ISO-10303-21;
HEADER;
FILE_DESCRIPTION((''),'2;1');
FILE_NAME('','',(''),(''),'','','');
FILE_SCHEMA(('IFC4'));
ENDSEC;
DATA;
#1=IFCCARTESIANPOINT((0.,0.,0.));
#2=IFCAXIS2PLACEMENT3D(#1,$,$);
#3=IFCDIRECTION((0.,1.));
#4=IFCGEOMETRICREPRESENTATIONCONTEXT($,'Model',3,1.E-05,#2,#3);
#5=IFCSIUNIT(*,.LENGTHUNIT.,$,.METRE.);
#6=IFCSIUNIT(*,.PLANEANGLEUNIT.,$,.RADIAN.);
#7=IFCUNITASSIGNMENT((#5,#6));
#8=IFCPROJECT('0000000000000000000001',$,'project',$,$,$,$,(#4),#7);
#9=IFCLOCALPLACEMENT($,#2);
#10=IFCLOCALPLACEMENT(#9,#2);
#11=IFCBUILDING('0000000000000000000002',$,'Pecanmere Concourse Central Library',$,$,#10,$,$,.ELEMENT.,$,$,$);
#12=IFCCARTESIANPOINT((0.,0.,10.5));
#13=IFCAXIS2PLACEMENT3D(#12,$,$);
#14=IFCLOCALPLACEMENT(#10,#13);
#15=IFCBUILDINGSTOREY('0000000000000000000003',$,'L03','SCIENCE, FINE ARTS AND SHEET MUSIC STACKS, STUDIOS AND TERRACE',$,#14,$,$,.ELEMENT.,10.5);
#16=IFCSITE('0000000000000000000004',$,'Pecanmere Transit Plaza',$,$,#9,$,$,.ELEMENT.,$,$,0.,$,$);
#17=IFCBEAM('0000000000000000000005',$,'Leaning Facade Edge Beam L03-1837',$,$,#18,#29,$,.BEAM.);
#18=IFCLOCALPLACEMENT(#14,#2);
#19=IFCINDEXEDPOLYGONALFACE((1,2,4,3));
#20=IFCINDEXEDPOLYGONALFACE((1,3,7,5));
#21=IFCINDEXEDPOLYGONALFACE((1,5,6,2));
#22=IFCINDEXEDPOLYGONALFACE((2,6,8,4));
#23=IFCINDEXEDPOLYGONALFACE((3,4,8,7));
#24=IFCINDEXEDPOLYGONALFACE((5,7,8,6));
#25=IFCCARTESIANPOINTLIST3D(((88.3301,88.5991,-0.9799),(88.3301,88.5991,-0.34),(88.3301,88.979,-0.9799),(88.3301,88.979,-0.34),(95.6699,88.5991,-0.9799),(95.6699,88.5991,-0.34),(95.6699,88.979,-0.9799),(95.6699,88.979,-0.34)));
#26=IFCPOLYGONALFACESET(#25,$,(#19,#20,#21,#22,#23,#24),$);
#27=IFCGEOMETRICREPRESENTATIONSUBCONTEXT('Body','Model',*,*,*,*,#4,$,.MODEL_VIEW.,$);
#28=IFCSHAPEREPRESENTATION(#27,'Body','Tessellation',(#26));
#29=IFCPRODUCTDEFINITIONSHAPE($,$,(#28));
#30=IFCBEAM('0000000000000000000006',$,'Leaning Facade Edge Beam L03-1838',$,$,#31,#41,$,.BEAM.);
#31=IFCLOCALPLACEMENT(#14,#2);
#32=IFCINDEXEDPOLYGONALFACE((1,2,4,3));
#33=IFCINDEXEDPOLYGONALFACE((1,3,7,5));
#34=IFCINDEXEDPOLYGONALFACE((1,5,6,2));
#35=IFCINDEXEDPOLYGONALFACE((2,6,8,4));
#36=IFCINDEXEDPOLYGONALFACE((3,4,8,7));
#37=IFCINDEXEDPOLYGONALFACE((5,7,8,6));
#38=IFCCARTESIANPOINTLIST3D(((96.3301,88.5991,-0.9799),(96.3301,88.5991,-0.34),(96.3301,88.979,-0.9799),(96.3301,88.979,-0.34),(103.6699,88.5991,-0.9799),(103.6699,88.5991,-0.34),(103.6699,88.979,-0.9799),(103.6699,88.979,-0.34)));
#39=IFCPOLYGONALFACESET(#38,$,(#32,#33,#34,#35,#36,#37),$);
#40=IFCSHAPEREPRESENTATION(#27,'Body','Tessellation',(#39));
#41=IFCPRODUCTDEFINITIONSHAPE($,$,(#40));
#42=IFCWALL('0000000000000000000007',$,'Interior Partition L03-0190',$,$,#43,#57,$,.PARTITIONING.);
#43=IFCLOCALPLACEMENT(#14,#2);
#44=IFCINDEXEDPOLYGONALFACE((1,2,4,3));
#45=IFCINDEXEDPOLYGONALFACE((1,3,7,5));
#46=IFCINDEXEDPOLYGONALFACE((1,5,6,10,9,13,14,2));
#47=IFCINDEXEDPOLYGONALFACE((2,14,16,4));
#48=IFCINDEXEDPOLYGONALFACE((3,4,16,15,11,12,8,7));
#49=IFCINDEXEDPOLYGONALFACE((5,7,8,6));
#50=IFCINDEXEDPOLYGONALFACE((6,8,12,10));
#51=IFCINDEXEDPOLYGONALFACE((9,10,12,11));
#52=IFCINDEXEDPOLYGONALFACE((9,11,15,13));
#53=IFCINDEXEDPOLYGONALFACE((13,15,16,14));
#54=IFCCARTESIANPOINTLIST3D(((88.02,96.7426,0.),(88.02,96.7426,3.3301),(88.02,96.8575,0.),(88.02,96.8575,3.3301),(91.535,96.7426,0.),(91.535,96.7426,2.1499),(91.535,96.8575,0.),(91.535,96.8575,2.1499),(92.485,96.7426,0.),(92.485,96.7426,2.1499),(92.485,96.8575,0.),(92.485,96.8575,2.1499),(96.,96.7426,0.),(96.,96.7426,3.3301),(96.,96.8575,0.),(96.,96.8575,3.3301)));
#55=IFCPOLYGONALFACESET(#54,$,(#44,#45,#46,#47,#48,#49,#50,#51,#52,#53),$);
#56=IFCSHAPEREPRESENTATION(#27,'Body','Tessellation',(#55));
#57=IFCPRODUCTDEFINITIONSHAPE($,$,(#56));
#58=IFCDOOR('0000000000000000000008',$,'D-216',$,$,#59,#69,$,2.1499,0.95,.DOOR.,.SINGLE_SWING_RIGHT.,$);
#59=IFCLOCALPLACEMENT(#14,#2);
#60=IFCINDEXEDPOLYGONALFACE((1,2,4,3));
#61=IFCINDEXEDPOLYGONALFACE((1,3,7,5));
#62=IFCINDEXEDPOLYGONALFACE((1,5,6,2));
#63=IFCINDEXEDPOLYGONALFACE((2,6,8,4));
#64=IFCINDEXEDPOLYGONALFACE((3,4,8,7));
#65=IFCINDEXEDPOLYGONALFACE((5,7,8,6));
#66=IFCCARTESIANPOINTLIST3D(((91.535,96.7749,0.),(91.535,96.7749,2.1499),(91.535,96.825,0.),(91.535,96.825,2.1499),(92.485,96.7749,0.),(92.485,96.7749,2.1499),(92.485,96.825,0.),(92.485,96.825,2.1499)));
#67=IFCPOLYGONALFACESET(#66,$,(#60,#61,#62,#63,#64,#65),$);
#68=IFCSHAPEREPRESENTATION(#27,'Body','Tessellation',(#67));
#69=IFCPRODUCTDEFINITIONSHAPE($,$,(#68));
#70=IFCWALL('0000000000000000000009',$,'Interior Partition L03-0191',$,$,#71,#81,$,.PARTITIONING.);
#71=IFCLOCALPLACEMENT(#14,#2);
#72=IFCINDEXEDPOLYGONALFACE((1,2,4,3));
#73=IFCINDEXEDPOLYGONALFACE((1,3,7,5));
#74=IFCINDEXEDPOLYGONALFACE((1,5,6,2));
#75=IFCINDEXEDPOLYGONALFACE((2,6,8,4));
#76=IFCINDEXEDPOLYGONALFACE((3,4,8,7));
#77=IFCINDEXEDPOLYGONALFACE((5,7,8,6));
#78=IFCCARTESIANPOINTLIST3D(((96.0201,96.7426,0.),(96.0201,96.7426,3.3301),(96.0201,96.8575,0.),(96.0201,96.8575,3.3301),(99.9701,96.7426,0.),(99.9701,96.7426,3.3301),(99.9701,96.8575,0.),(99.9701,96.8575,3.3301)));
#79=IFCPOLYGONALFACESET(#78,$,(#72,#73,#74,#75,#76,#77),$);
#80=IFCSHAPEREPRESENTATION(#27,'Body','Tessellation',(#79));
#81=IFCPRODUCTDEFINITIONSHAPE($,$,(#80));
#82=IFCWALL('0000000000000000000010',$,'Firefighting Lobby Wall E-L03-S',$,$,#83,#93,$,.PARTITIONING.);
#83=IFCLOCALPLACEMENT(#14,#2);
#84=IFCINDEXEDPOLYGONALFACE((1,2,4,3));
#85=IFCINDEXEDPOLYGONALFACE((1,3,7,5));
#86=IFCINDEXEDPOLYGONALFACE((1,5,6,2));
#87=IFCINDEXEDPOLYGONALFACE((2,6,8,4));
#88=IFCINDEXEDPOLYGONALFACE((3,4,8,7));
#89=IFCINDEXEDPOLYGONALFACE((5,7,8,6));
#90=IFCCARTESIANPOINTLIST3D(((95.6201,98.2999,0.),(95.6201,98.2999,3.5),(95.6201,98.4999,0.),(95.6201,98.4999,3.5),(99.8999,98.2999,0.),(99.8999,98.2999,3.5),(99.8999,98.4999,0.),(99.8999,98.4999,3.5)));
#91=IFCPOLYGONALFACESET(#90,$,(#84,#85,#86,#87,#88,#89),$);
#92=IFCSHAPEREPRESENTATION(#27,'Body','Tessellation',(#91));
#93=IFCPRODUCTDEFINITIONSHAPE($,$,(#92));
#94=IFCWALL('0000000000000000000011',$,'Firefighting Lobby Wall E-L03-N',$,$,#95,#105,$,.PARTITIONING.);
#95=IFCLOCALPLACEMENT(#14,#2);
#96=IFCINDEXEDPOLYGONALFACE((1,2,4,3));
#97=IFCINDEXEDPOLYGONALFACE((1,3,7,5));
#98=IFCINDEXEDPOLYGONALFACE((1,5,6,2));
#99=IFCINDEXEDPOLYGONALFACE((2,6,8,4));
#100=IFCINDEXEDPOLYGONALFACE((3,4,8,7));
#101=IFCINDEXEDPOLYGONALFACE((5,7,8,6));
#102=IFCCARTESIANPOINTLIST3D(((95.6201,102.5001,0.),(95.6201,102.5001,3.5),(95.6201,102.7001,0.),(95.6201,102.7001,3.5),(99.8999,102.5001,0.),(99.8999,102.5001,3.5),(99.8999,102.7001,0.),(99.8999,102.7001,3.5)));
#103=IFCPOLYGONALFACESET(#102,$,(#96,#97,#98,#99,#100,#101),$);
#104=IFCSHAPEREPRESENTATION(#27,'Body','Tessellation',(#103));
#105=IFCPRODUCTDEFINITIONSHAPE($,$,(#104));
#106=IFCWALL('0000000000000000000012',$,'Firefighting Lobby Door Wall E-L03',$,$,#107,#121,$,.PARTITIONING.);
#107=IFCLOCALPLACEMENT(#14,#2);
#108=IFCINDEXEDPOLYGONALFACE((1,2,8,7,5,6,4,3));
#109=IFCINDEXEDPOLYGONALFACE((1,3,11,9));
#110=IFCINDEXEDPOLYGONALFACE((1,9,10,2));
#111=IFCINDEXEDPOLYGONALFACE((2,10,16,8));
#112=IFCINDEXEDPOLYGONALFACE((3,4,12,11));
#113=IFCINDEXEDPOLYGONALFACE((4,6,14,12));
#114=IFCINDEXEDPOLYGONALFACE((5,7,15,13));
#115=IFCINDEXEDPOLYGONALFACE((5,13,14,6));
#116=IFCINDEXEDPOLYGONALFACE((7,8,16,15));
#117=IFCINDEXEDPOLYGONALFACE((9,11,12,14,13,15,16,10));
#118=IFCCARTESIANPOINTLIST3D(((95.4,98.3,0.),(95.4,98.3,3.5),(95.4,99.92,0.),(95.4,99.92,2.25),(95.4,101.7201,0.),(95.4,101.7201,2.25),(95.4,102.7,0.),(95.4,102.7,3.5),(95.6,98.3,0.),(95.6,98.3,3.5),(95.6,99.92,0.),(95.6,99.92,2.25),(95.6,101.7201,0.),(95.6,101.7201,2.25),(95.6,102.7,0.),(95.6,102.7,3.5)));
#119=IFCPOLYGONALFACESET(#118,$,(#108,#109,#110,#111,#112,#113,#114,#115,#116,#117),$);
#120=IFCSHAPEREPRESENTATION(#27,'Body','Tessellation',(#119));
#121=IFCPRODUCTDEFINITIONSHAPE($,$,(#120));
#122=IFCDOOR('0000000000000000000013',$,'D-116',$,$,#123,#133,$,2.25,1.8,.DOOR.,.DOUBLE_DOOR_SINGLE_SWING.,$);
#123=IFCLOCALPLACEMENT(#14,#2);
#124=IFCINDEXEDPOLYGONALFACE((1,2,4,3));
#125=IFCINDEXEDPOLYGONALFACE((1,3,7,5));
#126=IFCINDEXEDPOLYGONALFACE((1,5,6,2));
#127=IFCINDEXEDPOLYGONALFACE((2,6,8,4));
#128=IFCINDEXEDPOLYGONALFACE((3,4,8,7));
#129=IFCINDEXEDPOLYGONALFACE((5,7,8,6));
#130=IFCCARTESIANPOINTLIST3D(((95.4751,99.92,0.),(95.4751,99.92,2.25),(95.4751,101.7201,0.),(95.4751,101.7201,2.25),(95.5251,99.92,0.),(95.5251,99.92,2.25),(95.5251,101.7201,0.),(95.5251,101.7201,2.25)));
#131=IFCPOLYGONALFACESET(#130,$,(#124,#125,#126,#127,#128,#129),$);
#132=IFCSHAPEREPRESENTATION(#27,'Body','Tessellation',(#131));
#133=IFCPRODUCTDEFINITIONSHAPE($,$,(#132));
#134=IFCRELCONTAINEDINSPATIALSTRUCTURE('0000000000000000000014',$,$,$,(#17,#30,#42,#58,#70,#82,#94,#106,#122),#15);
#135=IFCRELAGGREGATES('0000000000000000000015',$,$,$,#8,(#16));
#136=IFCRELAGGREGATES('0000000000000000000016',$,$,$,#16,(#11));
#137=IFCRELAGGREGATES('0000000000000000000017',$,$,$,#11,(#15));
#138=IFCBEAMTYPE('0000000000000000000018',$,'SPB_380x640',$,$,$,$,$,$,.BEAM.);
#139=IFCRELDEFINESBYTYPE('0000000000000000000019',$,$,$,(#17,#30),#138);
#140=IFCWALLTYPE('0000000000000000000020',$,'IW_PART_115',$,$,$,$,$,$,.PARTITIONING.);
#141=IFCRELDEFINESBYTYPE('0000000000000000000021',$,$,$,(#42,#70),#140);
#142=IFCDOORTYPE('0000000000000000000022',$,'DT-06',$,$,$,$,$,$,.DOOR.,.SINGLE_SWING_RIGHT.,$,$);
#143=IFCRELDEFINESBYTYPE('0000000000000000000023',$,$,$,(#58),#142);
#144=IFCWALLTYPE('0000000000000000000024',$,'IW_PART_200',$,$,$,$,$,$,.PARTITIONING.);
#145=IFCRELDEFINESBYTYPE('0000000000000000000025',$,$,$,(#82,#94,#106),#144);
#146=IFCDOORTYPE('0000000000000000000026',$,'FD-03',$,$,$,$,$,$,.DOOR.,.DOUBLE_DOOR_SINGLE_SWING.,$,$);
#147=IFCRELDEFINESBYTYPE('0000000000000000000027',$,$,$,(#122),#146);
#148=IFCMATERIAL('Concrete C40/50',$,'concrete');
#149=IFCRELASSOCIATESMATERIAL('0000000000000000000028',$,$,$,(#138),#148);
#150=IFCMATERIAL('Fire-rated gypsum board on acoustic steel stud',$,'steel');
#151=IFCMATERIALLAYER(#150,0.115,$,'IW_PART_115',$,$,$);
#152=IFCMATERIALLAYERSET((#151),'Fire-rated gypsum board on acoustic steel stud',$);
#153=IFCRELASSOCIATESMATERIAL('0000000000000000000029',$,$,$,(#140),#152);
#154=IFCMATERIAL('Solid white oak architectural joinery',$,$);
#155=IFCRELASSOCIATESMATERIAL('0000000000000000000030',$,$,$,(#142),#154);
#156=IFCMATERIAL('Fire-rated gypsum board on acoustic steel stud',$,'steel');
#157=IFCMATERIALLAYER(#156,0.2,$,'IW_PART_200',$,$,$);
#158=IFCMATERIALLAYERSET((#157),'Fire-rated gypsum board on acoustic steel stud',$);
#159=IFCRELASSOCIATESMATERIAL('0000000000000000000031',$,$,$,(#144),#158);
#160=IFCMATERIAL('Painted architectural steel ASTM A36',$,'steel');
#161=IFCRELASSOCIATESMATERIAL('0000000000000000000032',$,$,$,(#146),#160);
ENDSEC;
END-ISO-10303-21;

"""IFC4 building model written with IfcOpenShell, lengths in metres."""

from ifc_helpers import new_model, si_unit, direction, frame, frame_2d, origin, origin_2d, place, context, subcontext, project, spatial, rectangle, extrude, material, layer, layer_set, material_profile, profile_set, type_object, element, fill, save


model = new_model("IFC4")

# Units and contexts
model_context = context("Model", 3, precision=1e-05, world=origin(), true_north=direction((0.0, 1.0)))
body_context = subcontext(model_context, "Body", "Model", "MODEL_VIEW")
ifc_project = project(units=[si_unit("LENGTHUNIT", "METRE"), si_unit("PLANEANGLEUNIT", "RADIAN")], contexts=[model_context])

# Site, building, storey
site_placement = place(None, origin())
site = spatial("IfcSite", under=ifc_project, at=site_placement, Name="Pecanmere Transit Plaza", CompositionType="ELEMENT", RefElevation=0.0)
building_placement = place(site_placement, origin())
building = spatial("IfcBuilding", under=site, at=building_placement, Name="Pecanmere Concourse Central Library", CompositionType="ELEMENT")
storey_placement = place(building_placement, frame((0.0, 0.0, 10.5)))
storey = spatial("IfcBuildingStorey", under=building, at=storey_placement, Name="L03", Description="SCIENCE, FINE ARTS AND SHEET MUSIC STACKS, STUDIOS AND TERRACE", CompositionType="ELEMENT", Elevation=10.5)

# Beams
ifc_material_1 = material(Name="Concrete C40/50", Category="concrete")
ifc_material_profile_1 = material_profile(ifc_material_1, rectangle(XDim=0.3799, YDim=0.6399, at=origin_2d()), Name="RC 380x640")
ifc_profile_set_1 = profile_set([ifc_material_profile_1], Name="Concrete C40/50")
beam_type_1 = type_object("IfcBeamType", Name="SPB_380x640", PredefinedType="BEAM", material=ifc_profile_set_1)
for number, where, z_axis, x_axis, name in (
    (1, (88.3301, 88.7891, -0.6599), (1.0, 0.0, 0.0), (0.0, 1.0, 0.0), "Leaning Facade Edge Beam L03-1837"),
    (2, (96.3301, 88.7891, -0.6599), (1.0, 0.0, 0.0), (0.0, 1.0, 0.0), "Leaning Facade Edge Beam L03-1838"),
):
    element("IfcBeam", number, at=place(storey_placement, frame(where, z_axis=z_axis, x_axis=x_axis)), inside=storey, type_object=beam_type_1, Name=name, PredefinedType="BEAM", context=body_context, shape_type="SweptSolid", body=[
        extrude(rectangle(XDim=0.3799, YDim=0.6399, at=origin_2d()), origin(), (0.0, 0.0, 1.0), 7.3398),
    ])

# Wall, opening, door
ifc_material_2 = material(Name="Fire-rated gypsum board on acoustic steel stud", Category="steel")
ifc_layer_1 = layer(ifc_material_2, 0.115, Name="IW_PART_115")
ifc_layer_set_1 = layer_set([ifc_layer_1], Name="Fire-rated gypsum board on acoustic steel stud")
wall_type_1 = type_object("IfcWallType", Name="IW_PART_115", PredefinedType="PARTITIONING", material=ifc_layer_set_1)
wall_1_placement = place(storey_placement, frame((88.02, 96.8, 0.0), z_axis=(0.0, 0.0, 1.0), x_axis=(1.0, 0.0, 0.0)))
wall_1 = element("IfcWall", 3, at=wall_1_placement, inside=storey, type_object=wall_type_1, Name="Interior Partition L03-0190", PredefinedType="PARTITIONING", context=body_context, shape_type="SweptSolid", body=[
    extrude(rectangle(XDim=7.98, YDim=0.115, at=frame_2d((3.99, 0.0))), origin(), (0.0, 0.0, 1.0), 3.3301),
])
opening_1_placement = place(wall_1_placement, frame((3.5149, 0.0, 0.0)))
opening_1 = element("IfcOpeningElement", 4, at=opening_1_placement, cuts=wall_1, PredefinedType="OPENING", context=body_context, shape_type="SweptSolid", body=[
    extrude(rectangle(XDim=0.95, YDim=2.1499, at=frame_2d((0.4751, 1.075))), frame((0.0, 0.0693, 0.0), z_axis=(0.0, -1.0, 0.0), x_axis=(1.0, 0.0, 0.0)), (0.0, 0.0, 1.0), 0.1389),
])
ifc_material_3 = material(Name="Solid white oak architectural joinery")
door_type_1 = type_object("IfcDoorType", Name="DT-06", OperationType="SINGLE_SWING_RIGHT", PredefinedType="DOOR", material=ifc_material_3)
door_1_placement = place(opening_1_placement, origin())
door_1 = element("IfcDoor", 5, at=door_1_placement, inside=storey, type_object=door_type_1, Name="D-216", OperationType="SINGLE_SWING_RIGHT", OverallHeight=2.1499, OverallWidth=0.95, PredefinedType="DOOR", context=body_context, shape_type="SweptSolid", body=[
    extrude(rectangle(XDim=0.95, YDim=2.1499, at=frame_2d((0.4751, 1.075))), frame((0.0, 0.0249, 0.0), z_axis=(0.0, -1.0, 0.0), x_axis=(1.0, 0.0, 0.0)), (0.0, 0.0, 1.0), 0.05),
])
fill(opening_1, door_1)

# Walls
wall_2_placement = place(storey_placement, frame((96.02, 96.8, 0.0), z_axis=(0.0, 0.0, 1.0), x_axis=(1.0, 0.0, 0.0)))
element("IfcWall", 6, at=wall_2_placement, inside=storey, type_object=wall_type_1, Name="Interior Partition L03-0191", PredefinedType="PARTITIONING", context=body_context, shape_type="SweptSolid", body=[
    extrude(rectangle(XDim=3.95, YDim=0.115, at=frame_2d((1.9751, 0.0))), origin(), (0.0, 0.0, 1.0), 3.3301),
])
ifc_material_4 = material(Name="Fire-rated gypsum board on acoustic steel stud", Category="steel")
ifc_layer_2 = layer(ifc_material_4, 0.2, Name="IW_PART_200")
ifc_layer_set_2 = layer_set([ifc_layer_2], Name="Fire-rated gypsum board on acoustic steel stud")
wall_type_2 = type_object("IfcWallType", Name="IW_PART_200", PredefinedType="PARTITIONING", material=ifc_layer_set_2)
for number, where, z_axis, x_axis, name in (
    (7, (95.6201, 98.3999, 0.0), (0.0, 0.0, 1.0), (1.0, 0.0, 0.0), "Firefighting Lobby Wall E-L03-S"),
    (8, (95.6201, 102.6001, 0.0), (0.0, 0.0, 1.0), (1.0, 0.0, 0.0), "Firefighting Lobby Wall E-L03-N"),
):
    element("IfcWall", number, at=place(storey_placement, frame(where, z_axis=z_axis, x_axis=x_axis)), inside=storey, type_object=wall_type_2, Name=name, PredefinedType="PARTITIONING", context=body_context, shape_type="SweptSolid", body=[
        extrude(rectangle(XDim=4.2798, YDim=0.2, at=frame_2d((2.1399, 0.0))), origin(), (0.0, 0.0, 1.0), 3.5),
    ])

# Wall, opening, door
wall_3_placement = place(storey_placement, frame((95.5, 98.3, 0.0), z_axis=(0.0, 0.0, 1.0), x_axis=(0.0, 1.0, 0.0)))
wall_3 = element("IfcWall", 9, at=wall_3_placement, inside=storey, type_object=wall_type_2, Name="Firefighting Lobby Door Wall E-L03", PredefinedType="PARTITIONING", context=body_context, shape_type="SweptSolid", body=[
    extrude(rectangle(XDim=4.3999, YDim=0.2, at=frame_2d((2.2, 0.0))), origin(), (0.0, 0.0, 1.0), 3.5),
])
opening_2_placement = place(wall_3_placement, frame((1.6201, 0.0, 0.0)))
opening_2 = element("IfcOpeningElement", 10, at=opening_2_placement, cuts=wall_3, PredefinedType="OPENING", context=body_context, shape_type="SweptSolid", body=[
    extrude(rectangle(XDim=1.8, YDim=2.25, at=frame_2d((0.8999, 1.125))), frame((0.0, 0.1118, 0.0), z_axis=(0.0, -1.0, 0.0), x_axis=(1.0, 0.0, 0.0)), (0.0, 0.0, 1.0), 0.2239),
])
ifc_material_5 = material(Name="Painted architectural steel ASTM A36", Category="steel")
door_type_2 = type_object("IfcDoorType", Name="FD-03", OperationType="DOUBLE_DOOR_SINGLE_SWING", PredefinedType="DOOR", material=ifc_material_5)
door_2_placement = place(opening_2_placement, origin())
door_2 = element("IfcDoor", 11, at=door_2_placement, inside=storey, type_object=door_type_2, Name="D-116", OperationType="DOUBLE_DOOR_SINGLE_SWING", OverallHeight=2.25, OverallWidth=1.8, PredefinedType="DOOR", context=body_context, shape_type="SweptSolid", body=[
    extrude(rectangle(XDim=1.8, YDim=2.25, at=frame_2d((0.8999, 1.125))), frame((0.0, 0.0249, 0.0), z_axis=(0.0, -1.0, 0.0), x_axis=(1.0, 0.0, 0.0)), (0.0, 0.0, 1.0), 0.05),
])
fill(opening_2, door_2)

save(model, "model.ifc")
